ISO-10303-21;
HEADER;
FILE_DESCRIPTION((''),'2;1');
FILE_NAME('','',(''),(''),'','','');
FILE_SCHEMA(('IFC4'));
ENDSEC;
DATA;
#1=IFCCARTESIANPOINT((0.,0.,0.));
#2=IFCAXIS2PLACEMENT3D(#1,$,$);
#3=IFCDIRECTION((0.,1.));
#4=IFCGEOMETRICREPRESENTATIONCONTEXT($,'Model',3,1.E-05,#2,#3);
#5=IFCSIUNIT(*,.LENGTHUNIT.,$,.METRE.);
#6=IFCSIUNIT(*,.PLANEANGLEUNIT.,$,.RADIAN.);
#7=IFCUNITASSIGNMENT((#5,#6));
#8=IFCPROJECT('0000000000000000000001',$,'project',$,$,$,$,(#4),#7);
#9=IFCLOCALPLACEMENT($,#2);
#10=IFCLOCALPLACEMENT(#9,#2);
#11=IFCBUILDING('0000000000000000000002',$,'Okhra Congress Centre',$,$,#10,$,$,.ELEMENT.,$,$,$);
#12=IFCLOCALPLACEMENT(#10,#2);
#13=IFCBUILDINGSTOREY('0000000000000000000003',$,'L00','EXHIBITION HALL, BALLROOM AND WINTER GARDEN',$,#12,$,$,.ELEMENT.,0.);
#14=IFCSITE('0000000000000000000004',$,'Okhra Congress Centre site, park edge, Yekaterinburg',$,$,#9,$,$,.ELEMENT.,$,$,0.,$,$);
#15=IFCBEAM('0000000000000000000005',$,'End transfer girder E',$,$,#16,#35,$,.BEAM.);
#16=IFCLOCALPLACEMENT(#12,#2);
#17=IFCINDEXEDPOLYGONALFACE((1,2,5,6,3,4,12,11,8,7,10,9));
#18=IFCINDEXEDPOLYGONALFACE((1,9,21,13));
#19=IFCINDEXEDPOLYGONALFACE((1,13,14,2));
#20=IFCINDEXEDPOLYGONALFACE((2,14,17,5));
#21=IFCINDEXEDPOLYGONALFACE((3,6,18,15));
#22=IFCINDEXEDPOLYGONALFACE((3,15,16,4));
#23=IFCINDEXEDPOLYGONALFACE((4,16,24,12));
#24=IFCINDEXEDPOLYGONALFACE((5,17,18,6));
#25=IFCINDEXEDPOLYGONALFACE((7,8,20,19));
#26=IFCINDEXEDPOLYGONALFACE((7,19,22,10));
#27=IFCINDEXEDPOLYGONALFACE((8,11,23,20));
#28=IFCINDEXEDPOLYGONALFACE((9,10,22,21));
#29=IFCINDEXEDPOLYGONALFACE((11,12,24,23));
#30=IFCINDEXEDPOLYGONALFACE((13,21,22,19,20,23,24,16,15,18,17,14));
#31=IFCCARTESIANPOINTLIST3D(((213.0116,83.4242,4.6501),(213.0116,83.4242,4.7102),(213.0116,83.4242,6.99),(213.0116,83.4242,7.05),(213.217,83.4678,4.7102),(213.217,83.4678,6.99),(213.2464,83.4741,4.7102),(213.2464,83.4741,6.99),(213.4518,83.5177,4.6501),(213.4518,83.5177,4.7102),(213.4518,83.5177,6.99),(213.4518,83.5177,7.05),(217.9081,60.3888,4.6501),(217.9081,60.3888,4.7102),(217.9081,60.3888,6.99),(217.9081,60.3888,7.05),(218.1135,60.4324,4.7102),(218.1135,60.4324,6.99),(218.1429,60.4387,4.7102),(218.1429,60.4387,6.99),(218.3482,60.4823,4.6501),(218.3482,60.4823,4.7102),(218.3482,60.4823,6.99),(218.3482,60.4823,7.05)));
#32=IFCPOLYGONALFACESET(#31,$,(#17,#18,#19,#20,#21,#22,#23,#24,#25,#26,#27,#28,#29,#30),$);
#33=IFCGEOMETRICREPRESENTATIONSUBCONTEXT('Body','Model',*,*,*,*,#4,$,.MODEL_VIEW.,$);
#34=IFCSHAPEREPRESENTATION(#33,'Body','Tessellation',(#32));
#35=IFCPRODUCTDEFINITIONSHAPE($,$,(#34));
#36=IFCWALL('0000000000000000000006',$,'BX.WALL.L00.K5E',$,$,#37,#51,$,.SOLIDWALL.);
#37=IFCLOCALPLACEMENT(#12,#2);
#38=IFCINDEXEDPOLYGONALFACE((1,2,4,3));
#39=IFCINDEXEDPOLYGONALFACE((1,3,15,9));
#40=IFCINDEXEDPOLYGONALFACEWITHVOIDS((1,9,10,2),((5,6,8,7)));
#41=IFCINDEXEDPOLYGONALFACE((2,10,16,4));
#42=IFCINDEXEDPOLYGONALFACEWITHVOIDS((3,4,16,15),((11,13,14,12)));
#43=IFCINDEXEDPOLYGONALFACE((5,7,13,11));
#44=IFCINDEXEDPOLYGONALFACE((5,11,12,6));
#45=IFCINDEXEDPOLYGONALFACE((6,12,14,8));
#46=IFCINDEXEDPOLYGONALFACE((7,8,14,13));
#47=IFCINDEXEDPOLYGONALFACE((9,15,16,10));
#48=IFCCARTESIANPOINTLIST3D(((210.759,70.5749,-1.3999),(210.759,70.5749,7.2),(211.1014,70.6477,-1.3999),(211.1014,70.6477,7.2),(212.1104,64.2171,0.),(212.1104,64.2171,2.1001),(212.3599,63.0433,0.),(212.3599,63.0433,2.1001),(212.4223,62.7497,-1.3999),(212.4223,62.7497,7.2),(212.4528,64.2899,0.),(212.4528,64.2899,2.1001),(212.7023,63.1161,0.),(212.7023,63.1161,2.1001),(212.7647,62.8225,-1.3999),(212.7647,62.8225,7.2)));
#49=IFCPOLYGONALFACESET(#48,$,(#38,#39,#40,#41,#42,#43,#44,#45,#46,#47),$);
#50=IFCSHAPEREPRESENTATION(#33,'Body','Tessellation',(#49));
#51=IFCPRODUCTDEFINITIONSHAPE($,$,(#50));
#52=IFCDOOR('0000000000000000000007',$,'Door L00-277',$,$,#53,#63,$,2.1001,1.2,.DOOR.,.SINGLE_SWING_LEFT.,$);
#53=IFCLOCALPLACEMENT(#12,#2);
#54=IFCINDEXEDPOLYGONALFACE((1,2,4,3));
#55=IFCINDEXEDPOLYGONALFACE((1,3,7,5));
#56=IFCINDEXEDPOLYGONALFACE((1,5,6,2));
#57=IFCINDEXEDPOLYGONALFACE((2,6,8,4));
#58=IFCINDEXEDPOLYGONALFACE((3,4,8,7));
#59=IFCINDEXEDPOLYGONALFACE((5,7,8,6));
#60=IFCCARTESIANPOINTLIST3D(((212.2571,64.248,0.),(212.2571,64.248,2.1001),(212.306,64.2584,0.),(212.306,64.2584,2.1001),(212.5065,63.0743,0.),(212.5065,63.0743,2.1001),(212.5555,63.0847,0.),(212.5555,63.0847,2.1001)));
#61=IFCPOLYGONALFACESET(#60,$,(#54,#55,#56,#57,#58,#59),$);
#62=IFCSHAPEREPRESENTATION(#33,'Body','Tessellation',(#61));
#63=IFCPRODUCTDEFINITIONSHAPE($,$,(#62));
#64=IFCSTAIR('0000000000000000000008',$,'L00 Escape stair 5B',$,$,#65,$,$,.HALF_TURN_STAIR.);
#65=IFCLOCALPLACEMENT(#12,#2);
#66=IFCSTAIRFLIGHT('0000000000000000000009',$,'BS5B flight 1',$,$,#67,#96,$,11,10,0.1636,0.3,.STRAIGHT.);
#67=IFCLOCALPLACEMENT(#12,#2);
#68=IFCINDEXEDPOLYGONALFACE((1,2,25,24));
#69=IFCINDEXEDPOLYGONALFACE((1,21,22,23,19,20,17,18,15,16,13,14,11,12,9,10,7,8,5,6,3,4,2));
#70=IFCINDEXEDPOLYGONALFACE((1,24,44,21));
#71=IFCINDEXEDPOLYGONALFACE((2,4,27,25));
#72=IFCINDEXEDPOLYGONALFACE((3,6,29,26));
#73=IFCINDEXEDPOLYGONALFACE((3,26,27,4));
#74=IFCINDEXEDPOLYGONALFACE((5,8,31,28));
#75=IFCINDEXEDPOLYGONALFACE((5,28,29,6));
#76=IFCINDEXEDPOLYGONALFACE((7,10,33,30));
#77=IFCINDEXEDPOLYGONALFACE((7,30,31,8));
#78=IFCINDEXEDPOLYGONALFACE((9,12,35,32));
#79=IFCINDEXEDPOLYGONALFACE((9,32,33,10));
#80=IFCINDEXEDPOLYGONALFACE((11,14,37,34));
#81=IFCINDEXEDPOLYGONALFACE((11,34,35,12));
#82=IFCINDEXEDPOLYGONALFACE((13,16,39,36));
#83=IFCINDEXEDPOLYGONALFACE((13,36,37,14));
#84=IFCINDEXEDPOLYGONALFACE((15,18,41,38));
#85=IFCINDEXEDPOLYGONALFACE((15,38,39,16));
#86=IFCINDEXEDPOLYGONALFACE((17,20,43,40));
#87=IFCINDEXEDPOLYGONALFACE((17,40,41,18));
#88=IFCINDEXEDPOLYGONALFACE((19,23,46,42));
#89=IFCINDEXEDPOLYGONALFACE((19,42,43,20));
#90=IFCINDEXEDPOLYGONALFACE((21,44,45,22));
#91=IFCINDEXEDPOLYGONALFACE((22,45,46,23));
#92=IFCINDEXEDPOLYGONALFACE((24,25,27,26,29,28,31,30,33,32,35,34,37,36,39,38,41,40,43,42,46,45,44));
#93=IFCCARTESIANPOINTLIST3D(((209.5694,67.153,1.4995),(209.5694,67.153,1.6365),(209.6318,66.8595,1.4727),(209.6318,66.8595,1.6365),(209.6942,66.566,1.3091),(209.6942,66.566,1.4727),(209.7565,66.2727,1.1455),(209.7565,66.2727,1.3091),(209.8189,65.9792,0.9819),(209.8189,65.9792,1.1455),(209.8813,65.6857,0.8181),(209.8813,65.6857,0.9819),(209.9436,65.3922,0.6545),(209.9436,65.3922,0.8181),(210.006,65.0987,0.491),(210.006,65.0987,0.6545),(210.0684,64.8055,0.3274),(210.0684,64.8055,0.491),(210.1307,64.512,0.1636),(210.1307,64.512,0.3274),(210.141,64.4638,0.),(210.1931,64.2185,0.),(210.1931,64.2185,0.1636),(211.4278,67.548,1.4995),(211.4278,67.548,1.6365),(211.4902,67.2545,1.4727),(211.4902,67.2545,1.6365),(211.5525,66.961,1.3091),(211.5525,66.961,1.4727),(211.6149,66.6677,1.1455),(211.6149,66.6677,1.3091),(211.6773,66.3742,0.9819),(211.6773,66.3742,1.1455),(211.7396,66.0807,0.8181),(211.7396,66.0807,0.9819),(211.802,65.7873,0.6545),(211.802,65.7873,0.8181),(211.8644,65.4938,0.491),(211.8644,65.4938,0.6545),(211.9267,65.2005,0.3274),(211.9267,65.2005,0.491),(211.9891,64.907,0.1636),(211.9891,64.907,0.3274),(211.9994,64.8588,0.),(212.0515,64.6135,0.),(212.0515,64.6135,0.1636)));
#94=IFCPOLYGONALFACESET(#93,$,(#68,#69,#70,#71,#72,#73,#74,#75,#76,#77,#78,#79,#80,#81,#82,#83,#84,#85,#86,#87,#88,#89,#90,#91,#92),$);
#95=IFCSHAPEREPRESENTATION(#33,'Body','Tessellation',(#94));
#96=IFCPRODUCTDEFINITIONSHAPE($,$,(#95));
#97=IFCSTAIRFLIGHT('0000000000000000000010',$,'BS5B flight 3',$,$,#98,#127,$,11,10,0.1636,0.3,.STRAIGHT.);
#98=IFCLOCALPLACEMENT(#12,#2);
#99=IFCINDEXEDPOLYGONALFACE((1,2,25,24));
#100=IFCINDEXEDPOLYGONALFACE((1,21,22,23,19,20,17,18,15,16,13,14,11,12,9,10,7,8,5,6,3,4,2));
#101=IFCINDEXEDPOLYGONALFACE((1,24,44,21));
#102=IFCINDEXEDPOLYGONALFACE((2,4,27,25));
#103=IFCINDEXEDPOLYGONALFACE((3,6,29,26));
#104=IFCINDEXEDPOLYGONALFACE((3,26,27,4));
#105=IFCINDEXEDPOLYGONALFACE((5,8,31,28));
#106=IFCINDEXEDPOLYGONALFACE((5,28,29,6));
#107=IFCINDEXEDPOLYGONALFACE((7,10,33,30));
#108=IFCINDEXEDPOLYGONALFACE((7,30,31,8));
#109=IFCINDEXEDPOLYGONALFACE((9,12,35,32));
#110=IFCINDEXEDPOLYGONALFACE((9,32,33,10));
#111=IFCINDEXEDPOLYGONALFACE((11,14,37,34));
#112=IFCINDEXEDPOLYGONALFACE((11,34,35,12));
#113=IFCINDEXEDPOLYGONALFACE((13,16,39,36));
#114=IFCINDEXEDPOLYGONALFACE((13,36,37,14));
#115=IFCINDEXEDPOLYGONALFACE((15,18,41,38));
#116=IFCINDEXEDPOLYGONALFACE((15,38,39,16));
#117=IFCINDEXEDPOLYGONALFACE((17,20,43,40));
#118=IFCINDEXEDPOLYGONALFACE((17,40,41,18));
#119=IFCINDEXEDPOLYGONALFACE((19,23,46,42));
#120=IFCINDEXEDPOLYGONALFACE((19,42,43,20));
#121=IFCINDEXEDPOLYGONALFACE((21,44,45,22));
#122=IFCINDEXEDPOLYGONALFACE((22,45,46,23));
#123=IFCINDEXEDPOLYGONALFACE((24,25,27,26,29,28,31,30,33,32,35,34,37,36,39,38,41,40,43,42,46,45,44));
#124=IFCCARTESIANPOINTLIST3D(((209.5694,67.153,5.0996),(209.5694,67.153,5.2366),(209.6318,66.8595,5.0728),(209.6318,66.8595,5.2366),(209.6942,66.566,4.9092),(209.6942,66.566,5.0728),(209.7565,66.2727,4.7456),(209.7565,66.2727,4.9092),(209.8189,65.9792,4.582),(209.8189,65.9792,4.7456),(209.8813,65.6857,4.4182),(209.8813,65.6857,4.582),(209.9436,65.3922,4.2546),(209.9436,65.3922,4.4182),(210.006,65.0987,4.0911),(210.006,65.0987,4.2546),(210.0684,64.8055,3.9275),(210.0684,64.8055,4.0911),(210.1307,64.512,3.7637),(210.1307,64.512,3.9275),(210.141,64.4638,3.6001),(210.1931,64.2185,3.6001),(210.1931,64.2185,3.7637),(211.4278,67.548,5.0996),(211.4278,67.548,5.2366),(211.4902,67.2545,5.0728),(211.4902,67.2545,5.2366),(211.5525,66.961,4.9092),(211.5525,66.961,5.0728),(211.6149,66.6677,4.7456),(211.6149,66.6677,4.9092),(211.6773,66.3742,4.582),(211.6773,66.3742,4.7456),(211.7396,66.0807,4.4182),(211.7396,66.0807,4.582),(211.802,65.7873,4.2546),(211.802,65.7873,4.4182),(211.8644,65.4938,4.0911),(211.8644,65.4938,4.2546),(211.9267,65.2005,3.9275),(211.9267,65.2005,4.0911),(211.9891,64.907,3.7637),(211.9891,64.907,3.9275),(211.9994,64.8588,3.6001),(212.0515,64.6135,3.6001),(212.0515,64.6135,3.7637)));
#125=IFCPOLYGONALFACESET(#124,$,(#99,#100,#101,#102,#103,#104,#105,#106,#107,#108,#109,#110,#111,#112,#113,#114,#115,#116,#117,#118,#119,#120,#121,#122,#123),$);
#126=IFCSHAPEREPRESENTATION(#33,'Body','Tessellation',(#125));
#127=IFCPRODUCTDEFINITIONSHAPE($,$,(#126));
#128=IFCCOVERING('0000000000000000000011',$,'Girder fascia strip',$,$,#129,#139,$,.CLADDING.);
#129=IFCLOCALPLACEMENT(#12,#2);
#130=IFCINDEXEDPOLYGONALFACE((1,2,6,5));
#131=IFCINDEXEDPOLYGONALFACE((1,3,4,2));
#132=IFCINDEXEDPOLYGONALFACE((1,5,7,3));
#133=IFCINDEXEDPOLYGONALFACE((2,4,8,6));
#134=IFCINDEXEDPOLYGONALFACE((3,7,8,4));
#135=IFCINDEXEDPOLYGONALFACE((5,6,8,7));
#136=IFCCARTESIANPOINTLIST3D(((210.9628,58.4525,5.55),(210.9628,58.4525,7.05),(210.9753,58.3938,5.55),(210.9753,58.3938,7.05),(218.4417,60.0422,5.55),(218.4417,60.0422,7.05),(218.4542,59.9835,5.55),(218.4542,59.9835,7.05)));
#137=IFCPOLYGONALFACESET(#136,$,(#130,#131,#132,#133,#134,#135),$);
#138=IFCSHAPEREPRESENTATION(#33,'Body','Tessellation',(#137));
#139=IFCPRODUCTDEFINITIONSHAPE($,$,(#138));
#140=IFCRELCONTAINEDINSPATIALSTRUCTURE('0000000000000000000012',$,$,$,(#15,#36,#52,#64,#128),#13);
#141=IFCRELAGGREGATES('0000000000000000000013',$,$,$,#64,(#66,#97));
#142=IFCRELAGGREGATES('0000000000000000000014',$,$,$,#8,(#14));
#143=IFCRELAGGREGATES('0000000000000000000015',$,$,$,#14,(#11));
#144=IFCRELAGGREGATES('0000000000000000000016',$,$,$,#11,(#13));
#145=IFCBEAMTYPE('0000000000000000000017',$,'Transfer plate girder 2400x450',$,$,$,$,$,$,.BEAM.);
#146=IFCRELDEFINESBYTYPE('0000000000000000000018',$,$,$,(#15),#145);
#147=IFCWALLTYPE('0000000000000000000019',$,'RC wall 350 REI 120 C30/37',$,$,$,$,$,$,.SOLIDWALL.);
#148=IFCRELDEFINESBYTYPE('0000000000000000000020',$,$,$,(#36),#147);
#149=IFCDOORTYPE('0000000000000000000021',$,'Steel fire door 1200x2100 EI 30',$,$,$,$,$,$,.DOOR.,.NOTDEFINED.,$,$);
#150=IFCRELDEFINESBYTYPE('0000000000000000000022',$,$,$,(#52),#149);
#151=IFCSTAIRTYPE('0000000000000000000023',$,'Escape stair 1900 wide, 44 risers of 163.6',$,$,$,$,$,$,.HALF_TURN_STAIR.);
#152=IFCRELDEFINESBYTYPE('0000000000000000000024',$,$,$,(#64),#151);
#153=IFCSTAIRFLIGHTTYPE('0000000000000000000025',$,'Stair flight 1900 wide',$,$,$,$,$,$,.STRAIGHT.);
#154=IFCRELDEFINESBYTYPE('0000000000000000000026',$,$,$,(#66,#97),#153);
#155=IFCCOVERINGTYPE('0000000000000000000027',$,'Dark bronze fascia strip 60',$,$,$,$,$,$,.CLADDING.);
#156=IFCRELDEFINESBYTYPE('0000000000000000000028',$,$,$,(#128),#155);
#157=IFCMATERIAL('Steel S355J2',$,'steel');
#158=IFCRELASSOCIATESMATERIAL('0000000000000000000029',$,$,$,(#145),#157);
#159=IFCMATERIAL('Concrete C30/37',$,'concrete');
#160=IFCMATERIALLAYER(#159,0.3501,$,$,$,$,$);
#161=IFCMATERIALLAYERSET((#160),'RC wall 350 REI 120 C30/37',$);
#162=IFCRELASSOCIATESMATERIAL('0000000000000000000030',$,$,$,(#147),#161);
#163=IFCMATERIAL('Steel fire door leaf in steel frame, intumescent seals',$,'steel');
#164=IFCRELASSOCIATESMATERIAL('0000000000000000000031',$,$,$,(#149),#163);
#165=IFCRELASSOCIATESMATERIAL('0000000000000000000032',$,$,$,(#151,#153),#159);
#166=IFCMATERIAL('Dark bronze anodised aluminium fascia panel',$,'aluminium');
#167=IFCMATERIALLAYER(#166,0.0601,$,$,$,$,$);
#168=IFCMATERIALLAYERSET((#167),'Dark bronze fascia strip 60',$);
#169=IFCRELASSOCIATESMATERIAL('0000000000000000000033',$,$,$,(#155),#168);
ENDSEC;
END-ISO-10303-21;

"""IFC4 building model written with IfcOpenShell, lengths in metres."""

from ifc_helpers import new_model, si_unit, direction, frame, frame_2d, origin, origin_2d, place, context, subcontext, project, spatial, polyline, rectangle, i_section, outline, extrude, material, layer, layer_set, material_profile, profile_set, type_object, element, fill, aggregate, save


model = new_model("IFC4")

# Units and contexts
model_context = context("Model", 3, precision=1e-05, world=origin(), true_north=direction((0.0, 1.0)))
body_context = subcontext(model_context, "Body", "Model", "MODEL_VIEW")
ifc_project = project(units=[si_unit("LENGTHUNIT", "METRE"), si_unit("PLANEANGLEUNIT", "RADIAN")], contexts=[model_context])

# Site, building, storey
site_placement = place(None, origin())
site = spatial("IfcSite", under=ifc_project, at=site_placement, Name="Okhra Congress Centre site, park edge, Yekaterinburg", CompositionType="ELEMENT", RefElevation=0.0)
building_placement = place(site_placement, origin())
building = spatial("IfcBuilding", under=site, at=building_placement, Name="Okhra Congress Centre", CompositionType="ELEMENT")
storey_placement = place(building_placement, origin())
storey = spatial("IfcBuildingStorey", under=building, at=storey_placement, Name="L00", Description="EXHIBITION HALL, BALLROOM AND WINTER GARDEN", CompositionType="ELEMENT", Elevation=0.0)

# Shared definitions
ifc_material_1 = material(Name="Concrete C30/37", Category="concrete")

# Beam
ifc_material_2 = material(Name="Steel S355J2", Category="steel")
ifc_material_profile_1 = material_profile(ifc_material_2, i_section(OverallWidth=0.45, OverallDepth=2.3999, WebThickness=0.03, FlangeThickness=0.0601, at=origin_2d()), Name="Plate girder 2400x450")
ifc_profile_set_1 = profile_set([ifc_material_profile_1], Name="Steel S355J2")
beam_type_1 = type_object("IfcBeamType", Name="Transfer plate girder 2400x450", PredefinedType="BEAM", material=ifc_profile_set_1)
beam_1_placement = place(storey_placement, frame((218.1282, 60.4355, 5.8501), z_axis=(-0.207918, 0.978146, 0.0), x_axis=(-0.978146, -0.207918, 0.0)))
element("IfcBeam", 1, at=beam_1_placement, inside=storey, type_object=beam_type_1, Name="End transfer girder E", PredefinedType="BEAM", context=body_context, shape_type="SweptSolid", body=[
    extrude(i_section(OverallWidth=0.45, OverallDepth=2.3999, WebThickness=0.03, FlangeThickness=0.0601, at=origin_2d()), origin(), (0.0, 0.0, 1.0), 23.55),
])

# Wall, opening, door
ifc_layer_1 = layer(ifc_material_1, 0.3501)
ifc_layer_set_1 = layer_set([ifc_layer_1], Name="RC wall 350 REI 120 C30/37")
wall_type = type_object("IfcWallType", Name="RC wall 350 REI 120 C30/37", PredefinedType="SOLIDWALL", material=ifc_layer_set_1)
wall_placement = place(storey_placement, frame((212.5935, 62.7861, -1.3999), z_axis=(0.0, 0.0, 1.0), x_axis=(-0.207916, 0.978147, 0.0)))
wall = element("IfcWall", 2, at=wall_placement, inside=storey, type_object=wall_type, Name="BX.WALL.L00.K5E", PredefinedType="SOLIDWALL", context=body_context, shape_type="SweptSolid", body=[
    extrude(rectangle(XDim=8.0, YDim=0.3501, at=frame_2d((4.0, 0.0))), origin(), (0.0, 0.0, 1.0), 8.5999),
])
opening_placement = place(wall_placement, frame((0.3, 0.0, 1.3999)))
opening = element("IfcOpeningElement", 3, at=opening_placement, cuts=wall, PredefinedType="OPENING", context=body_context, shape_type="SweptSolid", body=[
    extrude(rectangle(XDim=1.2, YDim=2.1001, at=frame_2d((0.6001, 1.05))), frame((0.0, 0.1851, 0.0), z_axis=(0.0, -1.0, 0.0), x_axis=(1.0, 0.0, 0.0)), (0.0, 0.0, 1.0), 0.3701),
])
ifc_material_3 = material(Name="Steel fire door leaf in steel frame, intumescent seals", Category="steel")
door_type = type_object("IfcDoorType", Name="Steel fire door 1200x2100 EI 30", OperationType="NOTDEFINED", PredefinedType="DOOR", material=ifc_material_3)
door_placement = place(opening_placement, frame((1.2, 0.0, 0.0), z_axis=(0.0, 0.0, 1.0), x_axis=(-1.0, 0.0, 0.0)))
door = element("IfcDoor", 4, at=door_placement, inside=storey, type_object=door_type, Name="Door L00-277", OperationType="SINGLE_SWING_LEFT", OverallHeight=2.1001, OverallWidth=1.2, PredefinedType="DOOR", context=body_context, shape_type="SweptSolid", body=[
    extrude(rectangle(XDim=1.2, YDim=2.1001, at=frame_2d((0.6001, 1.05))), frame((0.0, 0.0249, 0.0), z_axis=(0.0, -1.0, 0.0), x_axis=(1.0, 0.0, 0.0)), (0.0, 0.0, 1.0), 0.05),
])
fill(opening, door)

# Stair, stair flights
stair_type = type_object("IfcStairType", Name="Escape stair 1900 wide, 44 risers of 163.6", PredefinedType="HALF_TURN_STAIR", material=ifc_material_1)
stair_placement = place(storey_placement, origin())
stair = element("IfcStair", 5, at=stair_placement, inside=storey, type_object=stair_type, Name="L00 Escape stair 5B", PredefinedType="HALF_TURN_STAIR")
stair_flight_type = type_object("IfcStairFlightType", Name="Stair flight 1900 wide", PredefinedType="STRAIGHT", material=ifc_material_1)
stair_flight_1_placement = place(storey_placement, frame((211.1223, 64.416, 0.0), z_axis=(0.0, 0.0, 1.0), x_axis=(-0.207912, 0.978148, 0.0)))
stair_flight_1 = element("IfcStairFlight", 6, at=stair_flight_1_placement, type_object=stair_flight_type, Name="BS5B flight 1", NumberOfRisers=11, NumberOfTreads=10, PredefinedType="STRAIGHT", RiserHeight=0.1636, TreadLength=0.3, context=body_context, shape_type="SweptSolid", body=[
    extrude(outline(polyline([(0.0, 0.0), (0.0, 0.1636), (0.3, 0.1636), (0.3, 0.3274), (0.6001, 0.3274), (0.6001, 0.491), (0.8999, 0.491), (0.8999, 0.6545), (1.2, 0.6545), (1.2, 0.8181), (1.5, 0.8181), (1.5, 0.9819), (1.8, 0.9819), (1.8, 1.1455), (2.1001, 1.1455), (2.1001, 1.3091), (2.3999, 1.3091), (2.3999, 1.4727), (2.7, 1.4727), (2.7, 1.6365), (3.0, 1.6365), (3.0, 1.8), (3.0, 1.4995), (0.2507, 0.0), (0.0, 0.0)])), frame((0.0, 0.95, 0.0), z_axis=(0.0, -1.0, 0.0), x_axis=(1.0, 0.0, 0.0)), (0.0, 0.0, 1.0), 1.8999),
])
stair_flight_2_placement = place(storey_placement, frame((211.1223, 64.416, 3.6001), z_axis=(0.0, 0.0, 1.0), x_axis=(-0.207912, 0.978148, 0.0)))
stair_flight_2 = element("IfcStairFlight", 7, at=stair_flight_2_placement, type_object=stair_flight_type, Name="BS5B flight 3", NumberOfRisers=11, NumberOfTreads=10, PredefinedType="STRAIGHT", RiserHeight=0.1636, TreadLength=0.3, context=body_context, shape_type="SweptSolid", body=[
    extrude(outline(polyline([(0.0, 0.0), (0.0, 0.1636), (0.3, 0.1636), (0.3, 0.3274), (0.6001, 0.3274), (0.6001, 0.491), (0.8999, 0.491), (0.8999, 0.6545), (1.2, 0.6545), (1.2, 0.8181), (1.5, 0.8181), (1.5, 0.9819), (1.8, 0.9819), (1.8, 1.1455), (2.1001, 1.1455), (2.1001, 1.3091), (2.3999, 1.3091), (2.3999, 1.4727), (2.7, 1.4727), (2.7, 1.6365), (3.0, 1.6365), (3.0, 1.8), (3.0, 1.4995), (0.2507, 0.0), (0.0, 0.0)])), frame((0.0, 0.95, 0.0), z_axis=(0.0, -1.0, 0.0), x_axis=(1.0, 0.0, 0.0)), (0.0, 0.0, 1.0), 1.8999),
])
aggregate(stair, [stair_flight_1, stair_flight_2])

# Covering
ifc_material_4 = material(Name="Dark bronze anodised aluminium fascia panel", Category="aluminium")
ifc_layer_2 = layer(ifc_material_4, 0.0601)
ifc_layer_set_2 = layer_set([ifc_layer_2], Name="Dark bronze fascia strip 60")
covering_type = type_object("IfcCoveringType", Name="Dark bronze fascia strip 60", PredefinedType="CLADDING", material=ifc_layer_set_2)
covering_placement = place(storey_placement, frame((214.7085, 59.218, 5.55), z_axis=(0.0, 0.0, 1.0), x_axis=(0.978148, 0.207912, 0.0)))
element("IfcCovering", 8, at=covering_placement, inside=storey, type_object=covering_type, Name="Girder fascia strip", PredefinedType="CLADDING", context=body_context, shape_type="SweptSolid", body=[
    extrude(rectangle(XDim=7.646, YDim=0.0601, at=origin_2d()), origin(), (0.0, 0.0, 1.0), 1.5),
])

save(model, "model.ifc")
